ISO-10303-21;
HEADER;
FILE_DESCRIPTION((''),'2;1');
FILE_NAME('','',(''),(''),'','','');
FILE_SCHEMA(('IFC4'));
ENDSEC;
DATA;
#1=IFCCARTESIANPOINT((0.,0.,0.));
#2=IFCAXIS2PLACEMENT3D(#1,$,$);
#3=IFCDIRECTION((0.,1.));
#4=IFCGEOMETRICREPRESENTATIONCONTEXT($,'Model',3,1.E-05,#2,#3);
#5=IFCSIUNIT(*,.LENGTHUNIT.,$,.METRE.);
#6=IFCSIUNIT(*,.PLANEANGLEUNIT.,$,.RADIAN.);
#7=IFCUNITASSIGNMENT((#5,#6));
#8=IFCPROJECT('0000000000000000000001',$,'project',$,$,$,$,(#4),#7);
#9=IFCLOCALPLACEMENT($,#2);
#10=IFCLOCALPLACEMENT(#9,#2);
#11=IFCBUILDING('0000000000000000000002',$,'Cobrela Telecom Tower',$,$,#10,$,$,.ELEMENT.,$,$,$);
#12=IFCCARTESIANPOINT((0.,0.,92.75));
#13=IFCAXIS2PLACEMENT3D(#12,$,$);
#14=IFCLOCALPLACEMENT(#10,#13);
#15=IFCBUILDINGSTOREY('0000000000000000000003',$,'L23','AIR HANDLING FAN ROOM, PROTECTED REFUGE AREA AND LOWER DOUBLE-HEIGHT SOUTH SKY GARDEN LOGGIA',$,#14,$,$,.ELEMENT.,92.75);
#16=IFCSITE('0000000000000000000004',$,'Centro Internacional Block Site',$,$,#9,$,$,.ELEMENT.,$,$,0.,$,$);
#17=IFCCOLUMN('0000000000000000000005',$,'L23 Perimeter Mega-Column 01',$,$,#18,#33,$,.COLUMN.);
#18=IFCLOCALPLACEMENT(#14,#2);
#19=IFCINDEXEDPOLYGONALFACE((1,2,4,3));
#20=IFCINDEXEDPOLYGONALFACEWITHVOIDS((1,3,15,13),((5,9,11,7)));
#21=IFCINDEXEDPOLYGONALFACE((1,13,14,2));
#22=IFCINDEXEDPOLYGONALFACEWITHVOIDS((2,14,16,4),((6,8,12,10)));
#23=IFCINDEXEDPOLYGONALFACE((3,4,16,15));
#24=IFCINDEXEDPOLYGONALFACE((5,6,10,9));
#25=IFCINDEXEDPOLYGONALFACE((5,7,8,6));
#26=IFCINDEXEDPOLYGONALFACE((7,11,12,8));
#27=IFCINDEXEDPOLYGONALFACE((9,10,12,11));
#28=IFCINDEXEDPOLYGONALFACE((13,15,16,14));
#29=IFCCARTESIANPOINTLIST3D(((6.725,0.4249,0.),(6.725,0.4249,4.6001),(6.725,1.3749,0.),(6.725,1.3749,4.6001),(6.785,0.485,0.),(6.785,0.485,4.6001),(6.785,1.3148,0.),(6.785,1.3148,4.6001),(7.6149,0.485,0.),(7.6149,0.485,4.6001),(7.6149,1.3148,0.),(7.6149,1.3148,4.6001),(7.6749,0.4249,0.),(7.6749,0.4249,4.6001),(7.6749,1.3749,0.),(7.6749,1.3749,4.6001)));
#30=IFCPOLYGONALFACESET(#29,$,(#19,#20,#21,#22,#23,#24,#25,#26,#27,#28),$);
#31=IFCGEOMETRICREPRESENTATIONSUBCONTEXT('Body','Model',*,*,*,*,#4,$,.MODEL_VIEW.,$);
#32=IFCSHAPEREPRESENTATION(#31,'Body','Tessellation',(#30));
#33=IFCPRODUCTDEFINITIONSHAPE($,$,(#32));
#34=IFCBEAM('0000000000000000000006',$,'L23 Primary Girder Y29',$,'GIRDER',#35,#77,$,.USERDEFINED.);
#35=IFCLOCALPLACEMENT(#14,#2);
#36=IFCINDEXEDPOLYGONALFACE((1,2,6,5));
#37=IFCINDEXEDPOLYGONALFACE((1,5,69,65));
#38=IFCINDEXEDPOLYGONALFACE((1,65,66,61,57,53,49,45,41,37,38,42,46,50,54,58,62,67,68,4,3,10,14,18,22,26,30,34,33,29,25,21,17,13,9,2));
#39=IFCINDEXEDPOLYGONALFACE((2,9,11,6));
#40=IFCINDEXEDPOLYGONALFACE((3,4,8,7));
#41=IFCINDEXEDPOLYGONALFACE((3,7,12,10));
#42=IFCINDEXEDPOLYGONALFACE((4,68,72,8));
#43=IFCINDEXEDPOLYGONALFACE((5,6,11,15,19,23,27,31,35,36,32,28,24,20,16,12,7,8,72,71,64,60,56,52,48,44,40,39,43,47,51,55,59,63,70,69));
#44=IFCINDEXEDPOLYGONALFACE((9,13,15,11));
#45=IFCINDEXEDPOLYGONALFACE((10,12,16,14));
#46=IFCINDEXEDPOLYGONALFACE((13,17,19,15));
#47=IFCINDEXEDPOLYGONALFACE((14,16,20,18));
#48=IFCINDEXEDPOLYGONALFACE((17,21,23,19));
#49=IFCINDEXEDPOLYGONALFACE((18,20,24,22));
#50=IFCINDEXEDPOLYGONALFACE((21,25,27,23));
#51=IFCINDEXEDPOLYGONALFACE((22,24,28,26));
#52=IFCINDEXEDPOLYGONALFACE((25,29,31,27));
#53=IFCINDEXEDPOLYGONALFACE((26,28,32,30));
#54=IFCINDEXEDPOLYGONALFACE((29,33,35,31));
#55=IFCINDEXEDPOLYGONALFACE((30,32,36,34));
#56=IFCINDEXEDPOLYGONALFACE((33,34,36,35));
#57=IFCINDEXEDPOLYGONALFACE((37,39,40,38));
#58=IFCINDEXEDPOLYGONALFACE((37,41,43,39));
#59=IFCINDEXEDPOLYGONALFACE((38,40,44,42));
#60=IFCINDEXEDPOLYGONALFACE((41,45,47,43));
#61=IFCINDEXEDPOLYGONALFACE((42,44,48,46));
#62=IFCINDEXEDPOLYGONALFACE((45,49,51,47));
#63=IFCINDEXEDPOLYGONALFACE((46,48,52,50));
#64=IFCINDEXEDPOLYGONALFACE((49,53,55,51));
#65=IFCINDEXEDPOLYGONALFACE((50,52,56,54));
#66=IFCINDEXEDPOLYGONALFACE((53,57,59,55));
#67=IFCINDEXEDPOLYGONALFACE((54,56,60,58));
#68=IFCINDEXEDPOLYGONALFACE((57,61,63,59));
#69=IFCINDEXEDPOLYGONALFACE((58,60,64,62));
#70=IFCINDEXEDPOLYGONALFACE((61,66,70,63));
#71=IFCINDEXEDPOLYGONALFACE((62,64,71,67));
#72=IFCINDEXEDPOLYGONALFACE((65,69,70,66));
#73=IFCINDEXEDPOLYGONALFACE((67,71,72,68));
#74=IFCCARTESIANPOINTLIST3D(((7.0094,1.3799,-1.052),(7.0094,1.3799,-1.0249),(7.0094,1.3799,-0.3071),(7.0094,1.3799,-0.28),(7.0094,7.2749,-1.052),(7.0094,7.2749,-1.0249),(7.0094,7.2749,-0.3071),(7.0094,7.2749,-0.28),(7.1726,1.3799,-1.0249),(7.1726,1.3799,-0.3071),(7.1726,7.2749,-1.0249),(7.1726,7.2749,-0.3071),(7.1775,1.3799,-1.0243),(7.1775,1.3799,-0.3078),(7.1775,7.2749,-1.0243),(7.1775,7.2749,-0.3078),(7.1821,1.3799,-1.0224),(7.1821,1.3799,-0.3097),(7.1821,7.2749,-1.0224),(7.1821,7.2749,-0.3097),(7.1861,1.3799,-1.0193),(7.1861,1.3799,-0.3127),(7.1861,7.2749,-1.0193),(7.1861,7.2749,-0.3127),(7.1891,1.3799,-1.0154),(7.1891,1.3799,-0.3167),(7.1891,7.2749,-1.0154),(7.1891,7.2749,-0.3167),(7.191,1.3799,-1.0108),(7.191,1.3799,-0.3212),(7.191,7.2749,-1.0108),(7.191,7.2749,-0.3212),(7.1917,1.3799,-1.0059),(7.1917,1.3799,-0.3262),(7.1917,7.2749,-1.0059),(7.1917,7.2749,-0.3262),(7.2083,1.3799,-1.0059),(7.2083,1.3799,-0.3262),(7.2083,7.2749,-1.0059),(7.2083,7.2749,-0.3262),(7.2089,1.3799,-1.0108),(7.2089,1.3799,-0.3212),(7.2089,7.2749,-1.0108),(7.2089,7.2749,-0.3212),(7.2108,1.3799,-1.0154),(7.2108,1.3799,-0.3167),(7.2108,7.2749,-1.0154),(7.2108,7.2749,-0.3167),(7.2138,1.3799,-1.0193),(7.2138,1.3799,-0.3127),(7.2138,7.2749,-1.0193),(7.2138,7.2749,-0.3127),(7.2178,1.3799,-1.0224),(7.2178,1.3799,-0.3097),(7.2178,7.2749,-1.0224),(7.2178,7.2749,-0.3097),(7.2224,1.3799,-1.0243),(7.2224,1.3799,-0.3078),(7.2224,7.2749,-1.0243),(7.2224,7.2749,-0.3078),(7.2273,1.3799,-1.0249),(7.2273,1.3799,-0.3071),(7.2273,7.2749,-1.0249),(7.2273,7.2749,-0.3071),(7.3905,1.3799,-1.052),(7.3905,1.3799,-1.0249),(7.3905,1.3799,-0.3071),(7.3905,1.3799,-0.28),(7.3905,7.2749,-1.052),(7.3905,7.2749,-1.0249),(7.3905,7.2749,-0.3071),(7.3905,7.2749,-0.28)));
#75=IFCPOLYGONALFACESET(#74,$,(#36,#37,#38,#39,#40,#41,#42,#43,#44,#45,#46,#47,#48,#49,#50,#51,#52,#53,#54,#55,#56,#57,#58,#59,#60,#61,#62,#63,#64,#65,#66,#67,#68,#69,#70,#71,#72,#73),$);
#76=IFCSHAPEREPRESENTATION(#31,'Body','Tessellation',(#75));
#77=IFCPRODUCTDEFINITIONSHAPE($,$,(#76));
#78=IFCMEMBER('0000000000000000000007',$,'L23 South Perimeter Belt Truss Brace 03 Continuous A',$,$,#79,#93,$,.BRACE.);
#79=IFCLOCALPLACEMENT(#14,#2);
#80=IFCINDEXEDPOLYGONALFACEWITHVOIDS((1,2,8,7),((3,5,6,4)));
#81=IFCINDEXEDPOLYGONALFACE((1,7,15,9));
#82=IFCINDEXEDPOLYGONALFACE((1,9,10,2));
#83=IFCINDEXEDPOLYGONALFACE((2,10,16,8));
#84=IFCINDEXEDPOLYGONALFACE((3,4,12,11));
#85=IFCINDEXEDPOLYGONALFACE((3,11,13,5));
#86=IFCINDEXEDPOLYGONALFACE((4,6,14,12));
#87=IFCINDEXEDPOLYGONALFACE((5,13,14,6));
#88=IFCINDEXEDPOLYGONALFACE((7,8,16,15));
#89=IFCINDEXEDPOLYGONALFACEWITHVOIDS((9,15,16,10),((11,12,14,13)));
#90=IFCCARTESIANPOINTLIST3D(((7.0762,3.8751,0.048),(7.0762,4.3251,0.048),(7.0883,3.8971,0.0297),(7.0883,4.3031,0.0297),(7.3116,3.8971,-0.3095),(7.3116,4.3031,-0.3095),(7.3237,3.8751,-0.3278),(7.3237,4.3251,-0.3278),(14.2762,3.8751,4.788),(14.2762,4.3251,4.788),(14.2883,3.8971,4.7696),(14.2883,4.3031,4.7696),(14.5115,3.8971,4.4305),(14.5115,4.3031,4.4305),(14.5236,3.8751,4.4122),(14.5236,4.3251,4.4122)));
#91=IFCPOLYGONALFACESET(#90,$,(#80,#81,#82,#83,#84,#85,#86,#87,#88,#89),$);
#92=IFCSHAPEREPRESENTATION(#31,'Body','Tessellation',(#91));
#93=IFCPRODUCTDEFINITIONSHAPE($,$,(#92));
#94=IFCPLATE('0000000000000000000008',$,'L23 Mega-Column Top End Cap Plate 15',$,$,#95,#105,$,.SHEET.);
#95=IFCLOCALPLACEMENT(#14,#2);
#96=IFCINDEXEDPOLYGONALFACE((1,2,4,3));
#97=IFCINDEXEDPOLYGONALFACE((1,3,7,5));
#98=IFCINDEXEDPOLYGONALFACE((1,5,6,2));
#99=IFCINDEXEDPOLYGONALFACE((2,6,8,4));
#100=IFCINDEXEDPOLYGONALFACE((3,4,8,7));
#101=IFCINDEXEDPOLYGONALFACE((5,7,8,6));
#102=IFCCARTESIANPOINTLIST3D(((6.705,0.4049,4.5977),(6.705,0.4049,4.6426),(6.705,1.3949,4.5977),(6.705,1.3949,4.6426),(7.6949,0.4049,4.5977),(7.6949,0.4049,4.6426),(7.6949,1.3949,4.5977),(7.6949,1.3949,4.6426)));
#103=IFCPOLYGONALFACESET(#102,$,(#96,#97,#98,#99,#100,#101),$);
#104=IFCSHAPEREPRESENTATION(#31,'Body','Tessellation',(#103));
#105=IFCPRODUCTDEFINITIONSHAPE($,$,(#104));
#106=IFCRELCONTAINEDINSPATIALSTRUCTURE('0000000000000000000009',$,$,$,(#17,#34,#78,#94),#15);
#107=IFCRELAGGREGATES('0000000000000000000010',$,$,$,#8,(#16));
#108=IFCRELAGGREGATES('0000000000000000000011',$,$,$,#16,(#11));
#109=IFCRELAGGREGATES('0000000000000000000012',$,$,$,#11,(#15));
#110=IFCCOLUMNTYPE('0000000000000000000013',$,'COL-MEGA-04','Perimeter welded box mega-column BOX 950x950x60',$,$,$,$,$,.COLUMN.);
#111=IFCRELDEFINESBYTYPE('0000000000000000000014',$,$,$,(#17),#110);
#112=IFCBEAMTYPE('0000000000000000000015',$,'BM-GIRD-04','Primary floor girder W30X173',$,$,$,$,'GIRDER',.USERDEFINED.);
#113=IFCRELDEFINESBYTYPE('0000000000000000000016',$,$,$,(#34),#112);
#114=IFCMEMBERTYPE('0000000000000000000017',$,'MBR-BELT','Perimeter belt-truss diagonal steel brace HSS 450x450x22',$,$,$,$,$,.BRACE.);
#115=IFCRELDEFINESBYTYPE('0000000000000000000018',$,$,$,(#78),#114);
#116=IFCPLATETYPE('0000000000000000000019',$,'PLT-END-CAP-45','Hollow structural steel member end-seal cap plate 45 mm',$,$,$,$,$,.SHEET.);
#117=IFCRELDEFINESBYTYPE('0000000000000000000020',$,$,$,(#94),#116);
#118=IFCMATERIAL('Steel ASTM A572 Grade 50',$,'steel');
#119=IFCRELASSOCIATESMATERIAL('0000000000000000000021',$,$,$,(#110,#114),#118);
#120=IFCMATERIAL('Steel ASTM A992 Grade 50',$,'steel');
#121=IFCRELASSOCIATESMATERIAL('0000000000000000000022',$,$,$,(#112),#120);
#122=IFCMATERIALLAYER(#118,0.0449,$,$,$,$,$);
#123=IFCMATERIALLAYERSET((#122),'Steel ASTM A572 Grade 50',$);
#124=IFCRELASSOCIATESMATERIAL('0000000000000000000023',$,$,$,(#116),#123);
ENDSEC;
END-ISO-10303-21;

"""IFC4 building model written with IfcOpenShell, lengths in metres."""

from ifc_helpers import new_model, si_unit, direction, frame, origin, origin_2d, place, context, subcontext, project, spatial, rectangle, hollow_rectangle, i_section, extrude, material, layer, layer_set, material_profile, profile_set, type_object, element, save


model = new_model("IFC4")

# Units and contexts
model_context = context("Model", 3, precision=1e-05, world=origin(), true_north=direction((0.0, 1.0)))
body_context = subcontext(model_context, "Body", "Model", "MODEL_VIEW")
ifc_project = project(units=[si_unit("LENGTHUNIT", "METRE"), si_unit("PLANEANGLEUNIT", "RADIAN")], contexts=[model_context])

# Site, building, storey
site_placement = place(None, origin())
site = spatial("IfcSite", under=ifc_project, at=site_placement, Name="Centro Internacional Block Site", CompositionType="ELEMENT", RefElevation=0.0)
building_placement = place(site_placement, origin())
building = spatial("IfcBuilding", under=site, at=building_placement, Name="Cobrela Telecom Tower", CompositionType="ELEMENT")
storey_placement = place(building_placement, frame((0.0, 0.0, 92.75)))
storey = spatial("IfcBuildingStorey", under=building, at=storey_placement, Name="L23", Description="AIR HANDLING FAN ROOM, PROTECTED REFUGE AREA AND LOWER DOUBLE-HEIGHT SOUTH SKY GARDEN LOGGIA", CompositionType="ELEMENT", Elevation=92.75)

# Column
ifc_material_1 = material(Name="Steel ASTM A572 Grade 50", Category="steel")
ifc_material_profile_1 = material_profile(ifc_material_1, hollow_rectangle(XDim=0.95, YDim=0.95, WallThickness=0.0601, at=origin_2d()), Name="BOX 950x950x60")
ifc_profile_set_1 = profile_set([ifc_material_profile_1], Name="Steel ASTM A572 Grade 50")
column_type = type_object("IfcColumnType", Name="COL-MEGA-04", Description="Perimeter welded box mega-column BOX 950x950x60", PredefinedType="COLUMN", material=ifc_profile_set_1)
column_placement = place(storey_placement, frame((7.2, 0.8999, 0.0), z_axis=(0.0, 0.0, 1.0), x_axis=(1.0, 0.0, 0.0)))
element("IfcColumn", 1, at=column_placement, inside=storey, type_object=column_type, Name="L23 Perimeter Mega-Column 01", PredefinedType="COLUMN", context=body_context, shape_type="SweptSolid", body=[
    extrude(hollow_rectangle(XDim=0.95, YDim=0.95, WallThickness=0.0601, at=origin_2d()), origin(), (0.0, 0.0, 1.0), 4.6001),
])

# Beam
ifc_material_2 = material(Name="Steel ASTM A992 Grade 50", Category="steel")
ifc_material_profile_2 = material_profile(ifc_material_2, i_section(OverallWidth=0.3811, OverallDepth=0.772, WebThickness=0.0166, FlangeThickness=0.0271, FilletRadius=0.019, at=origin_2d()), Name="W30X173")
ifc_profile_set_2 = profile_set([ifc_material_profile_2], Name="Steel ASTM A992 Grade 50")
beam_type = type_object("IfcBeamType", Name="BM-GIRD-04", Description="Primary floor girder W30X173", ElementType="GIRDER", PredefinedType="USERDEFINED", material=ifc_profile_set_2)
beam_placement = place(storey_placement, frame((7.2, 1.3799, -0.666), z_axis=(0.0, 1.0, 0.0), x_axis=(-1.0, 0.0, 0.0)))
element("IfcBeam", 2, at=beam_placement, inside=storey, type_object=beam_type, Name="L23 Primary Girder Y29", ObjectType="GIRDER", PredefinedType="USERDEFINED", context=body_context, shape_type="SweptSolid", body=[
    extrude(i_section(OverallWidth=0.3811, OverallDepth=0.772, WebThickness=0.0166, FlangeThickness=0.0271, FilletRadius=0.019, at=origin_2d()), origin(), (0.0, 0.0, 1.0), 5.895),
])

# Member
ifc_material_profile_3 = material_profile(ifc_material_1, hollow_rectangle(XDim=0.45, YDim=0.45, WallThickness=0.022, at=origin_2d()), Name="HSS 450x450x22")
ifc_profile_set_3 = profile_set([ifc_material_profile_3], Name="Steel ASTM A572 Grade 50")
member_type = type_object("IfcMemberType", Name="MBR-BELT", Description="Perimeter belt-truss diagonal steel brace HSS 450x450x22", PredefinedType="BRACE", material=ifc_profile_set_3)
member_placement = place(storey_placement, frame((7.2, 4.1001, -0.1399), z_axis=(0.835248, 0.0, 0.549874), x_axis=(0.0, 1.0, 0.0)))
element("IfcMember", 3, at=member_placement, inside=storey, type_object=member_type, Name="L23 South Perimeter Belt Truss Brace 03 Continuous A", PredefinedType="BRACE", context=body_context, shape_type="SweptSolid", body=[
    extrude(hollow_rectangle(XDim=0.45, YDim=0.45, WallThickness=0.022, at=origin_2d()), origin(), (0.0, 0.0, 1.0), 8.6201),
])

# Plate
ifc_layer_1 = layer(ifc_material_1, 0.0449)
ifc_layer_set_1 = layer_set([ifc_layer_1], Name="Steel ASTM A572 Grade 50")
plate_type = type_object("IfcPlateType", Name="PLT-END-CAP-45", Description="Hollow structural steel member end-seal cap plate 45 mm", PredefinedType="SHEET", material=ifc_layer_set_1)
plate_placement = place(storey_placement, frame((7.2, 0.8999, 4.5977), z_axis=(0.0, 0.0, 1.0), x_axis=(1.0, 0.0, 0.0)))
element("IfcPlate", 4, at=plate_placement, inside=storey, type_object=plate_type, Name="L23 Mega-Column Top End Cap Plate 15", PredefinedType="SHEET", context=body_context, shape_type="SweptSolid", body=[
    extrude(rectangle(XDim=0.99, YDim=0.99, at=origin_2d()), origin(), (0.0, 0.0, 1.0), 0.0449),
])

save(model, "model.ifc")
